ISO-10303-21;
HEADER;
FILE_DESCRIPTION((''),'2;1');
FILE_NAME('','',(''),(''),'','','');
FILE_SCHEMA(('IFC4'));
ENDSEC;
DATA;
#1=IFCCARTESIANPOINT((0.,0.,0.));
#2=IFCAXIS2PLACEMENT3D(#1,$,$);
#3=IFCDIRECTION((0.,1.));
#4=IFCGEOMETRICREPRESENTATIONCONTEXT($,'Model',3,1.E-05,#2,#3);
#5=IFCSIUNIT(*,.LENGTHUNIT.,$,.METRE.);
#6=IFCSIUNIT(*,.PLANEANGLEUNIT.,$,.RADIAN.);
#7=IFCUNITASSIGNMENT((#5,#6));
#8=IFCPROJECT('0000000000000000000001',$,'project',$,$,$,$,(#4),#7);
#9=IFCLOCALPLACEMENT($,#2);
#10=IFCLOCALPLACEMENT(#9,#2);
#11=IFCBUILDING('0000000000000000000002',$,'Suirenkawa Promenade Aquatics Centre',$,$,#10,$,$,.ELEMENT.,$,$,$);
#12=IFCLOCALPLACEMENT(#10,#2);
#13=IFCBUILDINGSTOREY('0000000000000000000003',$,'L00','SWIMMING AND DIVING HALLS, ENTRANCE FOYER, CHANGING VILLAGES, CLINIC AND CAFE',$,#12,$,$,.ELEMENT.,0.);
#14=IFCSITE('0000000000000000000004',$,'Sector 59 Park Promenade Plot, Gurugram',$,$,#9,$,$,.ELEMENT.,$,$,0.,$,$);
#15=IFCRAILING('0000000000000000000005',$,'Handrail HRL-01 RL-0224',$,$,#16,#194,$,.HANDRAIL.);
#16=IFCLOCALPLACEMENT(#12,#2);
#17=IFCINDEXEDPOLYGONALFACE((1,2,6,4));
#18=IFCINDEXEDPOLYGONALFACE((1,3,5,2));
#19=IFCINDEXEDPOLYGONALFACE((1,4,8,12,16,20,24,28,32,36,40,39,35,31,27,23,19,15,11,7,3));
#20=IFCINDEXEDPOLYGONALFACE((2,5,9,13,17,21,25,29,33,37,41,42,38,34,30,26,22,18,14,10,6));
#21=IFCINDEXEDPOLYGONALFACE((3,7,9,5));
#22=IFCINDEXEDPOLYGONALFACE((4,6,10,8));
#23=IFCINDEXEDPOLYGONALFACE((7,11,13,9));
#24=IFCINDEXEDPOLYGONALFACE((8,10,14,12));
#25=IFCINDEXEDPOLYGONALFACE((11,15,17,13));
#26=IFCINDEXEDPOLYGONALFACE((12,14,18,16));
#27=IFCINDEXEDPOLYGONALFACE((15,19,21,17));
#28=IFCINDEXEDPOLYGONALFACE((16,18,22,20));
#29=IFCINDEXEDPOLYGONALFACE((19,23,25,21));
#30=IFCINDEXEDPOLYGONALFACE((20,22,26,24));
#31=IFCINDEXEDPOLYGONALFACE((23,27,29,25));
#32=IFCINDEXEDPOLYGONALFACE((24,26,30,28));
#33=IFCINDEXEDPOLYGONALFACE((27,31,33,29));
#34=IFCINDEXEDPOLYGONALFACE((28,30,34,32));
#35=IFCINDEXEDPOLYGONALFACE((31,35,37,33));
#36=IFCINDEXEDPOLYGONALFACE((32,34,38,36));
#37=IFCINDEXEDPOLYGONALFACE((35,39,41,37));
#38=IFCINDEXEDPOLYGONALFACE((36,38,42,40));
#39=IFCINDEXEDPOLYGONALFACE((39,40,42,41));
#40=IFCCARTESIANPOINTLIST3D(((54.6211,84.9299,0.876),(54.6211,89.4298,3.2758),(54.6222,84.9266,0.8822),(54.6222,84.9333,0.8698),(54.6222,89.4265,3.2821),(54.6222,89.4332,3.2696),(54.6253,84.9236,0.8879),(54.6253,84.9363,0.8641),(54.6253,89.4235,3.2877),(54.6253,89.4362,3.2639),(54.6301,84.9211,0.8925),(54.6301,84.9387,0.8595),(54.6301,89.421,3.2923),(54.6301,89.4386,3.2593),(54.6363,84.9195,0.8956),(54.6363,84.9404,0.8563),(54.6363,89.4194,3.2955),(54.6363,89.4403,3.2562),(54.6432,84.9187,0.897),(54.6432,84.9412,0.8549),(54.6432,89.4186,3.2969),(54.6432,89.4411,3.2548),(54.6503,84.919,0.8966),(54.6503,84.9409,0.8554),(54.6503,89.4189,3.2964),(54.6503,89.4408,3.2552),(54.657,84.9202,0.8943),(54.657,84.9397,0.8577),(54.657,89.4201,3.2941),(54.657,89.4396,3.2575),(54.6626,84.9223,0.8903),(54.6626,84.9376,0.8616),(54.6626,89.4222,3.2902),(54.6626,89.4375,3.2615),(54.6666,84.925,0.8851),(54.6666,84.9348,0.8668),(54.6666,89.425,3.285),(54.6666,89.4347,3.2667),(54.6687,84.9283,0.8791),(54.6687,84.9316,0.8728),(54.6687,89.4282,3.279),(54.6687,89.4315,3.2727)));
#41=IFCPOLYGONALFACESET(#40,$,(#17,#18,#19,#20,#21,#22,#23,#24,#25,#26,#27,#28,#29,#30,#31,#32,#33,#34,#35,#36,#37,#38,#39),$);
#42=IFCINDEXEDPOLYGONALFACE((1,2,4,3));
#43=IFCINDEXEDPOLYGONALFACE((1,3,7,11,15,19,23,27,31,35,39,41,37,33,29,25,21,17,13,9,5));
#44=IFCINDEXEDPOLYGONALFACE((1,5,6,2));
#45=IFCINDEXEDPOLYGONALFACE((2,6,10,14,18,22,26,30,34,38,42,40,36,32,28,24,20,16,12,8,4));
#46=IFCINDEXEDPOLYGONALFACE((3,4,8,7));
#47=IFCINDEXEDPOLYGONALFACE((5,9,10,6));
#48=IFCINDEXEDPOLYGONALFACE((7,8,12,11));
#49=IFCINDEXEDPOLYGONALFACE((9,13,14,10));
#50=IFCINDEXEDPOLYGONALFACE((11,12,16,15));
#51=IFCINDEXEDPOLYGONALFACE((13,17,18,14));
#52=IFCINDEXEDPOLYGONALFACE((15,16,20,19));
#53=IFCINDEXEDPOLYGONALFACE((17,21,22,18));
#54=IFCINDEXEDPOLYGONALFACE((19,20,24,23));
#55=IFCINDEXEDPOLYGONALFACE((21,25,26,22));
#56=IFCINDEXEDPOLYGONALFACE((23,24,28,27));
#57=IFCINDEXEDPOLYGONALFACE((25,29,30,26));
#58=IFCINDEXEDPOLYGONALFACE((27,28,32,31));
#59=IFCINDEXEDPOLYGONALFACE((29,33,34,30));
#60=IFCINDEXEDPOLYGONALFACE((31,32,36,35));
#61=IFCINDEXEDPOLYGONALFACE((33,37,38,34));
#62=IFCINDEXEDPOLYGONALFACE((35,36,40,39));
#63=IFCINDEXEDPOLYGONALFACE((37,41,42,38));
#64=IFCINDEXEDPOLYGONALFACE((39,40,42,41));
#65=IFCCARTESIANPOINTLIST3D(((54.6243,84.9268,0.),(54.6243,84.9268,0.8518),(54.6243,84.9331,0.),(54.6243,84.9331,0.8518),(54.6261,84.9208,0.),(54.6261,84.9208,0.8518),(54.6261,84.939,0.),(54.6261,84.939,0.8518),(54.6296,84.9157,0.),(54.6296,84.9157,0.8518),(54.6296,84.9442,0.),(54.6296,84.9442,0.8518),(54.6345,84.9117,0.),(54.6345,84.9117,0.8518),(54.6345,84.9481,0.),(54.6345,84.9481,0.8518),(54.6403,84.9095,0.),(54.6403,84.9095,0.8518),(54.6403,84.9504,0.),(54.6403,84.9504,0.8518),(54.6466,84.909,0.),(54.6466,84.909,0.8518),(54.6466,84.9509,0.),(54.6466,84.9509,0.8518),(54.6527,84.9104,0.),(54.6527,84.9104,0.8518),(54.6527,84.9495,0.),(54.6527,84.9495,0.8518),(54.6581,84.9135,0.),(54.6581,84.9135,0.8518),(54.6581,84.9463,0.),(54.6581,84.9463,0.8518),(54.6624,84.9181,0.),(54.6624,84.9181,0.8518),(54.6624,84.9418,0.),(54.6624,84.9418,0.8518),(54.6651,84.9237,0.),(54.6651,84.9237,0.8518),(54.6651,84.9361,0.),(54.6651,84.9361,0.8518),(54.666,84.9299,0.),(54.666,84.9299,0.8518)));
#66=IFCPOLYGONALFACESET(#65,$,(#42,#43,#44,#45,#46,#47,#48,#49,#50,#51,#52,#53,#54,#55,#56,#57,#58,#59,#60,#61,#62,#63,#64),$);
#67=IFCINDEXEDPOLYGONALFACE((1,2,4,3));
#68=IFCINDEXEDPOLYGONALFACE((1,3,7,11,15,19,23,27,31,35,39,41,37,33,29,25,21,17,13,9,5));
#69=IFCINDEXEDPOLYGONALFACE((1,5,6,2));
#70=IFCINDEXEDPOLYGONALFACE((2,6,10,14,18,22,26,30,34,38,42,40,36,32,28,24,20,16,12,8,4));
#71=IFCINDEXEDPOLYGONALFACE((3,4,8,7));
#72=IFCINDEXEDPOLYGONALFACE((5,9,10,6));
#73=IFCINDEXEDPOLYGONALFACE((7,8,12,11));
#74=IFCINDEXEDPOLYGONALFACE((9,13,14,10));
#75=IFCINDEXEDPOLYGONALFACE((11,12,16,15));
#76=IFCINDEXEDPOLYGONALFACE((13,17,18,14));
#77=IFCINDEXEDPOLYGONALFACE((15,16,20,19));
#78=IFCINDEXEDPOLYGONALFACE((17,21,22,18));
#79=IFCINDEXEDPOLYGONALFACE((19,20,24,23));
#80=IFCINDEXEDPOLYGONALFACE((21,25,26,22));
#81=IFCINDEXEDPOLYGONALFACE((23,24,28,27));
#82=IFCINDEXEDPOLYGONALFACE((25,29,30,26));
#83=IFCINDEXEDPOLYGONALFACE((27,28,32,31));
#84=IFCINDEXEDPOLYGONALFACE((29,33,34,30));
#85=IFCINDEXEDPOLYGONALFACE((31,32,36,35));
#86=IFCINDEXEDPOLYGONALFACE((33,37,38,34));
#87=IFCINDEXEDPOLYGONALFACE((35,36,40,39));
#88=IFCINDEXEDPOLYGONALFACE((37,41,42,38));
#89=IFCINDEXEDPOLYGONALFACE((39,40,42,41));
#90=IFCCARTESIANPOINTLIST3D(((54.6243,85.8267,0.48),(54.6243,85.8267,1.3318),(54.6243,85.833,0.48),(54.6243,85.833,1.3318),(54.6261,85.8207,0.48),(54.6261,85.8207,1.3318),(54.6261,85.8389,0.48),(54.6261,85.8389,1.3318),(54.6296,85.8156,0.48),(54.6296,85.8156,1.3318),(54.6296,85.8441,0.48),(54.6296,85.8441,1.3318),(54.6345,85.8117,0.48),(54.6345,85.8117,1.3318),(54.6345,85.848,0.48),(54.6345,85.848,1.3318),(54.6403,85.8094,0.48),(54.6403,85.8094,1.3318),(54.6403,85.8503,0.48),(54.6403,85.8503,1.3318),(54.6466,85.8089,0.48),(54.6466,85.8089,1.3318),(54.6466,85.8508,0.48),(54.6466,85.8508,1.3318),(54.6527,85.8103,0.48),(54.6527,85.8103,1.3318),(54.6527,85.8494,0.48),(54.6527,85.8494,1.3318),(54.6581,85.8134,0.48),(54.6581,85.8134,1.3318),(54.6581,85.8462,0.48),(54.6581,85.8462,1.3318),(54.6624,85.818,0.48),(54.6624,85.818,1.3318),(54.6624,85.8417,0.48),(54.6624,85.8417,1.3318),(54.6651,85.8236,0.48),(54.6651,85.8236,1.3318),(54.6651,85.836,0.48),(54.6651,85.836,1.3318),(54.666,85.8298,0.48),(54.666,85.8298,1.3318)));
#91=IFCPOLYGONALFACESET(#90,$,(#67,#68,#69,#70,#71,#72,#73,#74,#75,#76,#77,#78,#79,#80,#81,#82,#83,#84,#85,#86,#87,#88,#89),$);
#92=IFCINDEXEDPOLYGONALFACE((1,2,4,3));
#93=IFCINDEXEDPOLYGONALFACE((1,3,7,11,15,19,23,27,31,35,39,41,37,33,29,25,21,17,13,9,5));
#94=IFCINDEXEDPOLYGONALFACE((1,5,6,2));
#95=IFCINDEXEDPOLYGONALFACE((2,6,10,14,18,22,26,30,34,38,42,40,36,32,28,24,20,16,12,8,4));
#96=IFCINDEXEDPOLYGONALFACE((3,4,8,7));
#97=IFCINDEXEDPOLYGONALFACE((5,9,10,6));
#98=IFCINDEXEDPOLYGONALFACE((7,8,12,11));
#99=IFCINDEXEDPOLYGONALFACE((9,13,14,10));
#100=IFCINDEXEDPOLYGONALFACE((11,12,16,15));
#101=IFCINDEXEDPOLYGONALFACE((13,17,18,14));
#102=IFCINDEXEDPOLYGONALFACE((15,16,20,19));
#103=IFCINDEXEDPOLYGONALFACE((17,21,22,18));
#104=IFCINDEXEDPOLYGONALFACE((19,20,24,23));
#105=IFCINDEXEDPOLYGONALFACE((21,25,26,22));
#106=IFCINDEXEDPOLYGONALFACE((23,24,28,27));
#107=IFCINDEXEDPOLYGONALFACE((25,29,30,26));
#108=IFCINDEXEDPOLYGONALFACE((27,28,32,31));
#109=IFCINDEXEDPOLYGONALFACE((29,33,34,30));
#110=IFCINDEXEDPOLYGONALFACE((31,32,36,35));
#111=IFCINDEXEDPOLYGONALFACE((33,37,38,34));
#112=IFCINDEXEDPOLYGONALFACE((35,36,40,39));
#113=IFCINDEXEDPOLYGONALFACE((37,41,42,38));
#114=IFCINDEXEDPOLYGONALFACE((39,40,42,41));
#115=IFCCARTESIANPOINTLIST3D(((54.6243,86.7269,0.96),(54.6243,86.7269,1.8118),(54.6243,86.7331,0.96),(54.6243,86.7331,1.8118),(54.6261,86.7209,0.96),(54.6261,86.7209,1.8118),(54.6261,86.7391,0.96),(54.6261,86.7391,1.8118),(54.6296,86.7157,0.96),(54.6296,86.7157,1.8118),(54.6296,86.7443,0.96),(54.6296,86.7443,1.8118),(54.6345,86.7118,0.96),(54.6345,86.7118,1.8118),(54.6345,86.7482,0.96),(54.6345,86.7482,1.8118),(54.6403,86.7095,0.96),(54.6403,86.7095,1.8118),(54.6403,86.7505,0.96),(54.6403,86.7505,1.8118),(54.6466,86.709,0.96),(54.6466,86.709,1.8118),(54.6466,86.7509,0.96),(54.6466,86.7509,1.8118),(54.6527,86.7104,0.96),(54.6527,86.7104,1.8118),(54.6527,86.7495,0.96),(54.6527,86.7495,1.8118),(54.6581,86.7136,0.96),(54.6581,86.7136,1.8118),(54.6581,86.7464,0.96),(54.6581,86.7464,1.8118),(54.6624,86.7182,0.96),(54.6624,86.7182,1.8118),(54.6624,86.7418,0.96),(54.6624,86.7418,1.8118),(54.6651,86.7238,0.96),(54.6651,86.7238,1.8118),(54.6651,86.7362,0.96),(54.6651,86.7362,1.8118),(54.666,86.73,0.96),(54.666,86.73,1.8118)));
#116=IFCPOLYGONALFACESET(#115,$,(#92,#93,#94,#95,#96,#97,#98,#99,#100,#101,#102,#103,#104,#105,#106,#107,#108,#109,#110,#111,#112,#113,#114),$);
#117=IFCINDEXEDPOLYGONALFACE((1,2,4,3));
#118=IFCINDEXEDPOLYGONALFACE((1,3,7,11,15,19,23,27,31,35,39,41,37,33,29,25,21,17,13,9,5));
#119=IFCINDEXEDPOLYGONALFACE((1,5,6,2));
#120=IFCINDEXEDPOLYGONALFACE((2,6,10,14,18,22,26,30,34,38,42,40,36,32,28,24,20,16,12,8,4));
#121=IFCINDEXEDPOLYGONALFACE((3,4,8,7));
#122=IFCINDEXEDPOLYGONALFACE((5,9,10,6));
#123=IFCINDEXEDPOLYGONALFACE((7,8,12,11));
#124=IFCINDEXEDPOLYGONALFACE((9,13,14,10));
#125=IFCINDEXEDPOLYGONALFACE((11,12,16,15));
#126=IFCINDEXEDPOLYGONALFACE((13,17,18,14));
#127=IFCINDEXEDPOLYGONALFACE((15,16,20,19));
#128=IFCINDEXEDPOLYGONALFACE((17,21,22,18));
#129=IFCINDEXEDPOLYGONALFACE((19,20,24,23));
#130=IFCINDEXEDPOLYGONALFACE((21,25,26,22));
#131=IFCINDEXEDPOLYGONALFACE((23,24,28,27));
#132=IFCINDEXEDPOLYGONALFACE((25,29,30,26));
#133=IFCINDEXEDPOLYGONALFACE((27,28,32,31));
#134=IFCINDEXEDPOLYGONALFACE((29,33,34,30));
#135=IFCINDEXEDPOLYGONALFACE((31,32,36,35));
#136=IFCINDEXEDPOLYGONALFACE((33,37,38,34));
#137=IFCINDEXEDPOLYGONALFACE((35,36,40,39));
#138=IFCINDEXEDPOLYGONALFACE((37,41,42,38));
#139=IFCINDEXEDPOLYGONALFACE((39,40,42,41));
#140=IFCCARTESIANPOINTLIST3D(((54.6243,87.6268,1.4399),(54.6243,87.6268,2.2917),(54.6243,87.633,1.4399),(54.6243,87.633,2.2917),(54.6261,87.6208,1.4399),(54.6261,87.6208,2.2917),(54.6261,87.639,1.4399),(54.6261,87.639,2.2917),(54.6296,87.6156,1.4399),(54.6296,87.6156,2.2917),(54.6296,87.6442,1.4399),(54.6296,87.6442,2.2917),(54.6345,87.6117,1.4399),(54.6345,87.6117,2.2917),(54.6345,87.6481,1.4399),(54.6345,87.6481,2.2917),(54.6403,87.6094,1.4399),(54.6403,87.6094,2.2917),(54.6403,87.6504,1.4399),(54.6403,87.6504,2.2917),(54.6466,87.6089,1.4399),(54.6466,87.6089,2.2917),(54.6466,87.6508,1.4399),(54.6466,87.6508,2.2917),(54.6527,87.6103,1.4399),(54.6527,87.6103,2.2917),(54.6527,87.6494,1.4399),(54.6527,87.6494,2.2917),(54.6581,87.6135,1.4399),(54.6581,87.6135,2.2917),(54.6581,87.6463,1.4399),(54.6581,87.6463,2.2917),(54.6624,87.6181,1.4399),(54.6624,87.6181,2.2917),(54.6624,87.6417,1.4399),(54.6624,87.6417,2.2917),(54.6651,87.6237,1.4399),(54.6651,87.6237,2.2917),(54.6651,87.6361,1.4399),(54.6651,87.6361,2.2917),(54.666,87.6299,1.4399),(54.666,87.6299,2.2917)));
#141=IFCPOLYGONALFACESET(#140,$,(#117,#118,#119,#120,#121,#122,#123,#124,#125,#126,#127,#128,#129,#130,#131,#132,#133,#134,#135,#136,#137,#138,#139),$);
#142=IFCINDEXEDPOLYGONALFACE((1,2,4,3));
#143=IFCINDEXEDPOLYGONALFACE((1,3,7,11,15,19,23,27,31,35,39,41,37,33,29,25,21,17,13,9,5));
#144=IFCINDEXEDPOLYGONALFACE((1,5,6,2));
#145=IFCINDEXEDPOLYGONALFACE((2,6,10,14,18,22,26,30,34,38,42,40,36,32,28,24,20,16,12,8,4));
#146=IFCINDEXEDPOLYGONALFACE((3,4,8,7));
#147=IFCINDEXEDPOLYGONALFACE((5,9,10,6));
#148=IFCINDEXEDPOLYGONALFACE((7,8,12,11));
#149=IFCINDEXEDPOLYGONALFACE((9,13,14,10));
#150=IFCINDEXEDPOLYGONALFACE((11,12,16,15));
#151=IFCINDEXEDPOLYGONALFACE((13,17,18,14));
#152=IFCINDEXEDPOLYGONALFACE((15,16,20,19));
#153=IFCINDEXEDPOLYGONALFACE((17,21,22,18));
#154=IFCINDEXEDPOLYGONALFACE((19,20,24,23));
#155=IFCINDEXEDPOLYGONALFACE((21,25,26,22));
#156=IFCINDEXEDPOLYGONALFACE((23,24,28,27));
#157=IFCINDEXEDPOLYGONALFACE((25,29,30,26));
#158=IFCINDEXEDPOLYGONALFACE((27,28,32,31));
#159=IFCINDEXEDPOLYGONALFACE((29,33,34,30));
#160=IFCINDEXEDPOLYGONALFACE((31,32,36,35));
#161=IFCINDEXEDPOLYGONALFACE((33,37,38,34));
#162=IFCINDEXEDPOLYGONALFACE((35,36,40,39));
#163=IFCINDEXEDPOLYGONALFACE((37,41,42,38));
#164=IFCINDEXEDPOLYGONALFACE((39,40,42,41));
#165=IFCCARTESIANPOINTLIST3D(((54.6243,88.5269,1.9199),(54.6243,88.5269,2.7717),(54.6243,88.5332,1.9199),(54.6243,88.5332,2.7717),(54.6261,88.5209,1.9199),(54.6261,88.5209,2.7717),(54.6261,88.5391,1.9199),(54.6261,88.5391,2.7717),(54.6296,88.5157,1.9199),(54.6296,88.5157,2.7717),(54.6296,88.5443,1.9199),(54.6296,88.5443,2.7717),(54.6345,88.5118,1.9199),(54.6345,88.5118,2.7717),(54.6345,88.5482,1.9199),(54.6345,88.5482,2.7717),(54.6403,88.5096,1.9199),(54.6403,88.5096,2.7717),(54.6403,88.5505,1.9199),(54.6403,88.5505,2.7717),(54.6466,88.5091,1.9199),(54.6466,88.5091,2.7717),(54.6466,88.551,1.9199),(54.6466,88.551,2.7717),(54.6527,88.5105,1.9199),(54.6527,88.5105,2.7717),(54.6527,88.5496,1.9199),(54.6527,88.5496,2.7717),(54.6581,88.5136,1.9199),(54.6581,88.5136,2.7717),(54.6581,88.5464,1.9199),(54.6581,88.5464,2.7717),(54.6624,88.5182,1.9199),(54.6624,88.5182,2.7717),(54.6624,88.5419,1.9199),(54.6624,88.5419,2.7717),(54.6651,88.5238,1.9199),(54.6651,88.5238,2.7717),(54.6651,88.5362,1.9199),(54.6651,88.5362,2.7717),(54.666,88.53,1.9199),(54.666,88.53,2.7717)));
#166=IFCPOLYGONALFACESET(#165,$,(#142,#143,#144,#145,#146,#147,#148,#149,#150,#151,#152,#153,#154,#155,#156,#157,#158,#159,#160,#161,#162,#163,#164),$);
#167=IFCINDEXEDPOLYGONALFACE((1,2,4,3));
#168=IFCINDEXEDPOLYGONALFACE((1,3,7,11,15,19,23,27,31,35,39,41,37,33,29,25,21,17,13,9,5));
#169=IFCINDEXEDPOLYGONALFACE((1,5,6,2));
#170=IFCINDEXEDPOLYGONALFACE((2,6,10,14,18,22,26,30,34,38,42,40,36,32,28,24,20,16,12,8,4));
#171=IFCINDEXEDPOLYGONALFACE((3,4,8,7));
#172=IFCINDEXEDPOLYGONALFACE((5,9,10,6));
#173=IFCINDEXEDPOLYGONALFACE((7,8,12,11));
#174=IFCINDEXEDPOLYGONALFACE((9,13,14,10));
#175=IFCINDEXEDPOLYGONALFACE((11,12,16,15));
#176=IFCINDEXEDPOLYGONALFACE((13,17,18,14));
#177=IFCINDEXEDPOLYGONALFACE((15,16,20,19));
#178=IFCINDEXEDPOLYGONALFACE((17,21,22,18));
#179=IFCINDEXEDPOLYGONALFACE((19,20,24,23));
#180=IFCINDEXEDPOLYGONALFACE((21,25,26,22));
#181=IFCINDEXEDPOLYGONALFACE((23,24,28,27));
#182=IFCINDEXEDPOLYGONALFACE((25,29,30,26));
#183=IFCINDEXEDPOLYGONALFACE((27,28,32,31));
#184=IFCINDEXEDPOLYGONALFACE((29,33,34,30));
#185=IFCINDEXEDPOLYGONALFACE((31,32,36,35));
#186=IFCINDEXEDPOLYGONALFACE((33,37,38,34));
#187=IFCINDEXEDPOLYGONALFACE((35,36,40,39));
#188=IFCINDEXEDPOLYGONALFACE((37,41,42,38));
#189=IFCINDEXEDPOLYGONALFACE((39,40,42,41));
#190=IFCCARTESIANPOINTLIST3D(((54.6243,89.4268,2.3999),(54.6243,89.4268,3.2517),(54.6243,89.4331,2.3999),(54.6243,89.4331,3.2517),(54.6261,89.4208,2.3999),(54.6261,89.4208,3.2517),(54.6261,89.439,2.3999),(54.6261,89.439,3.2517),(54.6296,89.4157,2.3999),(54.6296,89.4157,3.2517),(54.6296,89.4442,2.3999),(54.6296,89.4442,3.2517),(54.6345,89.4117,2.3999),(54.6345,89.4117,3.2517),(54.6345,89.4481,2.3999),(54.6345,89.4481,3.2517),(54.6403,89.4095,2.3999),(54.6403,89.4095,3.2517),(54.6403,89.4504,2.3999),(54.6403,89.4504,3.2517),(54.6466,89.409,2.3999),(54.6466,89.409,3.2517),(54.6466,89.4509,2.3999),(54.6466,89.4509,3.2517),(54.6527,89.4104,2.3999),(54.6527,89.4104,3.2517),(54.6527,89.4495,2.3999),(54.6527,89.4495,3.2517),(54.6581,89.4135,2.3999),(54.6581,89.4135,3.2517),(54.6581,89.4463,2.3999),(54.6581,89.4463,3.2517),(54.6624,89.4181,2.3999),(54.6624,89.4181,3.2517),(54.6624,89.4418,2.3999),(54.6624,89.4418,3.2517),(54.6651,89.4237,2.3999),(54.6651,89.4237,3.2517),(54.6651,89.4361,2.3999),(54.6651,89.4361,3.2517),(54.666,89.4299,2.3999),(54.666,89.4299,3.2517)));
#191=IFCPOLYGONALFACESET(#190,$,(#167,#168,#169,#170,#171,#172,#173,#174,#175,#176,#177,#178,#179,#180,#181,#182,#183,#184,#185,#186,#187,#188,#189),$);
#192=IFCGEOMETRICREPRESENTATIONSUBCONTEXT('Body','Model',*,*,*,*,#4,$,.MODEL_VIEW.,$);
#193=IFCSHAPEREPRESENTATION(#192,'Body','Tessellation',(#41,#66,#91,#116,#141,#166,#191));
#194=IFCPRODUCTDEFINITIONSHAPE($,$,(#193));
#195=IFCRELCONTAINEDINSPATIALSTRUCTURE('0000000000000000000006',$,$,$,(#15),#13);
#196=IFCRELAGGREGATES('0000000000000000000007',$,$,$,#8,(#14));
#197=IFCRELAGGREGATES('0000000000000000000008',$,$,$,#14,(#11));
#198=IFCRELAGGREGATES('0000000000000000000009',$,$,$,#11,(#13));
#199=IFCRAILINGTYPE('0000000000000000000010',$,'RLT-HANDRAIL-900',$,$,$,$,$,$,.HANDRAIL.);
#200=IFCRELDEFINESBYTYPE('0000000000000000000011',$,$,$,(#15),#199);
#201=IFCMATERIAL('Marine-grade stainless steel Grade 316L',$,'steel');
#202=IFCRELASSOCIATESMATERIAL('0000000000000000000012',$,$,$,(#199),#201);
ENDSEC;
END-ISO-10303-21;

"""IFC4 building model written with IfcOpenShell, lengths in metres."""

from ifc_helpers import new_model, si_unit, direction, frame, origin, origin_2d, place, context, subcontext, project, spatial, circle, extrude, material, type_object, element, save


model = new_model("IFC4")

# Units and contexts
model_context = context("Model", 3, precision=1e-05, world=origin(), true_north=direction((0.0, 1.0)))
body_context = subcontext(model_context, "Body", "Model", "MODEL_VIEW")
ifc_project = project(units=[si_unit("LENGTHUNIT", "METRE"), si_unit("PLANEANGLEUNIT", "RADIAN")], contexts=[model_context])

# Site, building, storey
site_placement = place(None, origin())
site = spatial("IfcSite", under=ifc_project, at=site_placement, Name="Sector 59 Park Promenade Plot, Gurugram", CompositionType="ELEMENT", RefElevation=0.0)
building_placement = place(site_placement, origin())
building = spatial("IfcBuilding", under=site, at=building_placement, Name="Suirenkawa Promenade Aquatics Centre", CompositionType="ELEMENT")
storey_placement = place(building_placement, origin())
storey = spatial("IfcBuildingStorey", under=building, at=storey_placement, Name="L00", Description="SWIMMING AND DIVING HALLS, ENTRANCE FOYER, CHANGING VILLAGES, CLINIC AND CAFE", CompositionType="ELEMENT", Elevation=0.0)

# Railing
ifc_material_1 = material(Name="Marine-grade stainless steel Grade 316L", Category="steel")
railing_type_1 = type_object("IfcRailingType", Name="RLT-HANDRAIL-900", PredefinedType="HANDRAIL", material=ifc_material_1)
railing_1_placement = place(storey_placement, frame((54.645, 84.9299, 0.0)))
element("IfcRailing", 1, at=railing_1_placement, inside=storey, type_object=railing_type_1, Name="Handrail HRL-01 RL-0224", PredefinedType="HANDRAIL", context=body_context, shape_type="SweptSolid", body=[
    extrude(circle(Radius=0.0239, at=origin_2d()), frame((0.0, 0.0, 0.876), z_axis=(0.0, 0.882361, 0.470573), x_axis=(-1.0, 0.0, 0.0)), (0.0, 0.0, 1.0), 5.0999),
    extrude(circle(Radius=0.021, at=origin_2d()), origin(), (0.0, 0.0, 1.0), 0.8518),
    extrude(circle(Radius=0.021, at=origin_2d()), frame((0.0, 0.8999, 0.48)), (0.0, 0.0, 1.0), 0.8518),
    extrude(circle(Radius=0.021, at=origin_2d()), frame((0.0, 1.8, 0.96)), (0.0, 0.0, 1.0), 0.8518),
    extrude(circle(Radius=0.021, at=origin_2d()), frame((0.0, 2.7, 1.4399)), (0.0, 0.0, 1.0), 0.8518),
    extrude(circle(Radius=0.021, at=origin_2d()), frame((0.0, 3.6001, 1.9199)), (0.0, 0.0, 1.0), 0.8518),
    extrude(circle(Radius=0.021, at=origin_2d()), frame((0.0, 4.5, 2.3999)), (0.0, 0.0, 1.0), 0.8518),
])

save(model, "model.ifc")
